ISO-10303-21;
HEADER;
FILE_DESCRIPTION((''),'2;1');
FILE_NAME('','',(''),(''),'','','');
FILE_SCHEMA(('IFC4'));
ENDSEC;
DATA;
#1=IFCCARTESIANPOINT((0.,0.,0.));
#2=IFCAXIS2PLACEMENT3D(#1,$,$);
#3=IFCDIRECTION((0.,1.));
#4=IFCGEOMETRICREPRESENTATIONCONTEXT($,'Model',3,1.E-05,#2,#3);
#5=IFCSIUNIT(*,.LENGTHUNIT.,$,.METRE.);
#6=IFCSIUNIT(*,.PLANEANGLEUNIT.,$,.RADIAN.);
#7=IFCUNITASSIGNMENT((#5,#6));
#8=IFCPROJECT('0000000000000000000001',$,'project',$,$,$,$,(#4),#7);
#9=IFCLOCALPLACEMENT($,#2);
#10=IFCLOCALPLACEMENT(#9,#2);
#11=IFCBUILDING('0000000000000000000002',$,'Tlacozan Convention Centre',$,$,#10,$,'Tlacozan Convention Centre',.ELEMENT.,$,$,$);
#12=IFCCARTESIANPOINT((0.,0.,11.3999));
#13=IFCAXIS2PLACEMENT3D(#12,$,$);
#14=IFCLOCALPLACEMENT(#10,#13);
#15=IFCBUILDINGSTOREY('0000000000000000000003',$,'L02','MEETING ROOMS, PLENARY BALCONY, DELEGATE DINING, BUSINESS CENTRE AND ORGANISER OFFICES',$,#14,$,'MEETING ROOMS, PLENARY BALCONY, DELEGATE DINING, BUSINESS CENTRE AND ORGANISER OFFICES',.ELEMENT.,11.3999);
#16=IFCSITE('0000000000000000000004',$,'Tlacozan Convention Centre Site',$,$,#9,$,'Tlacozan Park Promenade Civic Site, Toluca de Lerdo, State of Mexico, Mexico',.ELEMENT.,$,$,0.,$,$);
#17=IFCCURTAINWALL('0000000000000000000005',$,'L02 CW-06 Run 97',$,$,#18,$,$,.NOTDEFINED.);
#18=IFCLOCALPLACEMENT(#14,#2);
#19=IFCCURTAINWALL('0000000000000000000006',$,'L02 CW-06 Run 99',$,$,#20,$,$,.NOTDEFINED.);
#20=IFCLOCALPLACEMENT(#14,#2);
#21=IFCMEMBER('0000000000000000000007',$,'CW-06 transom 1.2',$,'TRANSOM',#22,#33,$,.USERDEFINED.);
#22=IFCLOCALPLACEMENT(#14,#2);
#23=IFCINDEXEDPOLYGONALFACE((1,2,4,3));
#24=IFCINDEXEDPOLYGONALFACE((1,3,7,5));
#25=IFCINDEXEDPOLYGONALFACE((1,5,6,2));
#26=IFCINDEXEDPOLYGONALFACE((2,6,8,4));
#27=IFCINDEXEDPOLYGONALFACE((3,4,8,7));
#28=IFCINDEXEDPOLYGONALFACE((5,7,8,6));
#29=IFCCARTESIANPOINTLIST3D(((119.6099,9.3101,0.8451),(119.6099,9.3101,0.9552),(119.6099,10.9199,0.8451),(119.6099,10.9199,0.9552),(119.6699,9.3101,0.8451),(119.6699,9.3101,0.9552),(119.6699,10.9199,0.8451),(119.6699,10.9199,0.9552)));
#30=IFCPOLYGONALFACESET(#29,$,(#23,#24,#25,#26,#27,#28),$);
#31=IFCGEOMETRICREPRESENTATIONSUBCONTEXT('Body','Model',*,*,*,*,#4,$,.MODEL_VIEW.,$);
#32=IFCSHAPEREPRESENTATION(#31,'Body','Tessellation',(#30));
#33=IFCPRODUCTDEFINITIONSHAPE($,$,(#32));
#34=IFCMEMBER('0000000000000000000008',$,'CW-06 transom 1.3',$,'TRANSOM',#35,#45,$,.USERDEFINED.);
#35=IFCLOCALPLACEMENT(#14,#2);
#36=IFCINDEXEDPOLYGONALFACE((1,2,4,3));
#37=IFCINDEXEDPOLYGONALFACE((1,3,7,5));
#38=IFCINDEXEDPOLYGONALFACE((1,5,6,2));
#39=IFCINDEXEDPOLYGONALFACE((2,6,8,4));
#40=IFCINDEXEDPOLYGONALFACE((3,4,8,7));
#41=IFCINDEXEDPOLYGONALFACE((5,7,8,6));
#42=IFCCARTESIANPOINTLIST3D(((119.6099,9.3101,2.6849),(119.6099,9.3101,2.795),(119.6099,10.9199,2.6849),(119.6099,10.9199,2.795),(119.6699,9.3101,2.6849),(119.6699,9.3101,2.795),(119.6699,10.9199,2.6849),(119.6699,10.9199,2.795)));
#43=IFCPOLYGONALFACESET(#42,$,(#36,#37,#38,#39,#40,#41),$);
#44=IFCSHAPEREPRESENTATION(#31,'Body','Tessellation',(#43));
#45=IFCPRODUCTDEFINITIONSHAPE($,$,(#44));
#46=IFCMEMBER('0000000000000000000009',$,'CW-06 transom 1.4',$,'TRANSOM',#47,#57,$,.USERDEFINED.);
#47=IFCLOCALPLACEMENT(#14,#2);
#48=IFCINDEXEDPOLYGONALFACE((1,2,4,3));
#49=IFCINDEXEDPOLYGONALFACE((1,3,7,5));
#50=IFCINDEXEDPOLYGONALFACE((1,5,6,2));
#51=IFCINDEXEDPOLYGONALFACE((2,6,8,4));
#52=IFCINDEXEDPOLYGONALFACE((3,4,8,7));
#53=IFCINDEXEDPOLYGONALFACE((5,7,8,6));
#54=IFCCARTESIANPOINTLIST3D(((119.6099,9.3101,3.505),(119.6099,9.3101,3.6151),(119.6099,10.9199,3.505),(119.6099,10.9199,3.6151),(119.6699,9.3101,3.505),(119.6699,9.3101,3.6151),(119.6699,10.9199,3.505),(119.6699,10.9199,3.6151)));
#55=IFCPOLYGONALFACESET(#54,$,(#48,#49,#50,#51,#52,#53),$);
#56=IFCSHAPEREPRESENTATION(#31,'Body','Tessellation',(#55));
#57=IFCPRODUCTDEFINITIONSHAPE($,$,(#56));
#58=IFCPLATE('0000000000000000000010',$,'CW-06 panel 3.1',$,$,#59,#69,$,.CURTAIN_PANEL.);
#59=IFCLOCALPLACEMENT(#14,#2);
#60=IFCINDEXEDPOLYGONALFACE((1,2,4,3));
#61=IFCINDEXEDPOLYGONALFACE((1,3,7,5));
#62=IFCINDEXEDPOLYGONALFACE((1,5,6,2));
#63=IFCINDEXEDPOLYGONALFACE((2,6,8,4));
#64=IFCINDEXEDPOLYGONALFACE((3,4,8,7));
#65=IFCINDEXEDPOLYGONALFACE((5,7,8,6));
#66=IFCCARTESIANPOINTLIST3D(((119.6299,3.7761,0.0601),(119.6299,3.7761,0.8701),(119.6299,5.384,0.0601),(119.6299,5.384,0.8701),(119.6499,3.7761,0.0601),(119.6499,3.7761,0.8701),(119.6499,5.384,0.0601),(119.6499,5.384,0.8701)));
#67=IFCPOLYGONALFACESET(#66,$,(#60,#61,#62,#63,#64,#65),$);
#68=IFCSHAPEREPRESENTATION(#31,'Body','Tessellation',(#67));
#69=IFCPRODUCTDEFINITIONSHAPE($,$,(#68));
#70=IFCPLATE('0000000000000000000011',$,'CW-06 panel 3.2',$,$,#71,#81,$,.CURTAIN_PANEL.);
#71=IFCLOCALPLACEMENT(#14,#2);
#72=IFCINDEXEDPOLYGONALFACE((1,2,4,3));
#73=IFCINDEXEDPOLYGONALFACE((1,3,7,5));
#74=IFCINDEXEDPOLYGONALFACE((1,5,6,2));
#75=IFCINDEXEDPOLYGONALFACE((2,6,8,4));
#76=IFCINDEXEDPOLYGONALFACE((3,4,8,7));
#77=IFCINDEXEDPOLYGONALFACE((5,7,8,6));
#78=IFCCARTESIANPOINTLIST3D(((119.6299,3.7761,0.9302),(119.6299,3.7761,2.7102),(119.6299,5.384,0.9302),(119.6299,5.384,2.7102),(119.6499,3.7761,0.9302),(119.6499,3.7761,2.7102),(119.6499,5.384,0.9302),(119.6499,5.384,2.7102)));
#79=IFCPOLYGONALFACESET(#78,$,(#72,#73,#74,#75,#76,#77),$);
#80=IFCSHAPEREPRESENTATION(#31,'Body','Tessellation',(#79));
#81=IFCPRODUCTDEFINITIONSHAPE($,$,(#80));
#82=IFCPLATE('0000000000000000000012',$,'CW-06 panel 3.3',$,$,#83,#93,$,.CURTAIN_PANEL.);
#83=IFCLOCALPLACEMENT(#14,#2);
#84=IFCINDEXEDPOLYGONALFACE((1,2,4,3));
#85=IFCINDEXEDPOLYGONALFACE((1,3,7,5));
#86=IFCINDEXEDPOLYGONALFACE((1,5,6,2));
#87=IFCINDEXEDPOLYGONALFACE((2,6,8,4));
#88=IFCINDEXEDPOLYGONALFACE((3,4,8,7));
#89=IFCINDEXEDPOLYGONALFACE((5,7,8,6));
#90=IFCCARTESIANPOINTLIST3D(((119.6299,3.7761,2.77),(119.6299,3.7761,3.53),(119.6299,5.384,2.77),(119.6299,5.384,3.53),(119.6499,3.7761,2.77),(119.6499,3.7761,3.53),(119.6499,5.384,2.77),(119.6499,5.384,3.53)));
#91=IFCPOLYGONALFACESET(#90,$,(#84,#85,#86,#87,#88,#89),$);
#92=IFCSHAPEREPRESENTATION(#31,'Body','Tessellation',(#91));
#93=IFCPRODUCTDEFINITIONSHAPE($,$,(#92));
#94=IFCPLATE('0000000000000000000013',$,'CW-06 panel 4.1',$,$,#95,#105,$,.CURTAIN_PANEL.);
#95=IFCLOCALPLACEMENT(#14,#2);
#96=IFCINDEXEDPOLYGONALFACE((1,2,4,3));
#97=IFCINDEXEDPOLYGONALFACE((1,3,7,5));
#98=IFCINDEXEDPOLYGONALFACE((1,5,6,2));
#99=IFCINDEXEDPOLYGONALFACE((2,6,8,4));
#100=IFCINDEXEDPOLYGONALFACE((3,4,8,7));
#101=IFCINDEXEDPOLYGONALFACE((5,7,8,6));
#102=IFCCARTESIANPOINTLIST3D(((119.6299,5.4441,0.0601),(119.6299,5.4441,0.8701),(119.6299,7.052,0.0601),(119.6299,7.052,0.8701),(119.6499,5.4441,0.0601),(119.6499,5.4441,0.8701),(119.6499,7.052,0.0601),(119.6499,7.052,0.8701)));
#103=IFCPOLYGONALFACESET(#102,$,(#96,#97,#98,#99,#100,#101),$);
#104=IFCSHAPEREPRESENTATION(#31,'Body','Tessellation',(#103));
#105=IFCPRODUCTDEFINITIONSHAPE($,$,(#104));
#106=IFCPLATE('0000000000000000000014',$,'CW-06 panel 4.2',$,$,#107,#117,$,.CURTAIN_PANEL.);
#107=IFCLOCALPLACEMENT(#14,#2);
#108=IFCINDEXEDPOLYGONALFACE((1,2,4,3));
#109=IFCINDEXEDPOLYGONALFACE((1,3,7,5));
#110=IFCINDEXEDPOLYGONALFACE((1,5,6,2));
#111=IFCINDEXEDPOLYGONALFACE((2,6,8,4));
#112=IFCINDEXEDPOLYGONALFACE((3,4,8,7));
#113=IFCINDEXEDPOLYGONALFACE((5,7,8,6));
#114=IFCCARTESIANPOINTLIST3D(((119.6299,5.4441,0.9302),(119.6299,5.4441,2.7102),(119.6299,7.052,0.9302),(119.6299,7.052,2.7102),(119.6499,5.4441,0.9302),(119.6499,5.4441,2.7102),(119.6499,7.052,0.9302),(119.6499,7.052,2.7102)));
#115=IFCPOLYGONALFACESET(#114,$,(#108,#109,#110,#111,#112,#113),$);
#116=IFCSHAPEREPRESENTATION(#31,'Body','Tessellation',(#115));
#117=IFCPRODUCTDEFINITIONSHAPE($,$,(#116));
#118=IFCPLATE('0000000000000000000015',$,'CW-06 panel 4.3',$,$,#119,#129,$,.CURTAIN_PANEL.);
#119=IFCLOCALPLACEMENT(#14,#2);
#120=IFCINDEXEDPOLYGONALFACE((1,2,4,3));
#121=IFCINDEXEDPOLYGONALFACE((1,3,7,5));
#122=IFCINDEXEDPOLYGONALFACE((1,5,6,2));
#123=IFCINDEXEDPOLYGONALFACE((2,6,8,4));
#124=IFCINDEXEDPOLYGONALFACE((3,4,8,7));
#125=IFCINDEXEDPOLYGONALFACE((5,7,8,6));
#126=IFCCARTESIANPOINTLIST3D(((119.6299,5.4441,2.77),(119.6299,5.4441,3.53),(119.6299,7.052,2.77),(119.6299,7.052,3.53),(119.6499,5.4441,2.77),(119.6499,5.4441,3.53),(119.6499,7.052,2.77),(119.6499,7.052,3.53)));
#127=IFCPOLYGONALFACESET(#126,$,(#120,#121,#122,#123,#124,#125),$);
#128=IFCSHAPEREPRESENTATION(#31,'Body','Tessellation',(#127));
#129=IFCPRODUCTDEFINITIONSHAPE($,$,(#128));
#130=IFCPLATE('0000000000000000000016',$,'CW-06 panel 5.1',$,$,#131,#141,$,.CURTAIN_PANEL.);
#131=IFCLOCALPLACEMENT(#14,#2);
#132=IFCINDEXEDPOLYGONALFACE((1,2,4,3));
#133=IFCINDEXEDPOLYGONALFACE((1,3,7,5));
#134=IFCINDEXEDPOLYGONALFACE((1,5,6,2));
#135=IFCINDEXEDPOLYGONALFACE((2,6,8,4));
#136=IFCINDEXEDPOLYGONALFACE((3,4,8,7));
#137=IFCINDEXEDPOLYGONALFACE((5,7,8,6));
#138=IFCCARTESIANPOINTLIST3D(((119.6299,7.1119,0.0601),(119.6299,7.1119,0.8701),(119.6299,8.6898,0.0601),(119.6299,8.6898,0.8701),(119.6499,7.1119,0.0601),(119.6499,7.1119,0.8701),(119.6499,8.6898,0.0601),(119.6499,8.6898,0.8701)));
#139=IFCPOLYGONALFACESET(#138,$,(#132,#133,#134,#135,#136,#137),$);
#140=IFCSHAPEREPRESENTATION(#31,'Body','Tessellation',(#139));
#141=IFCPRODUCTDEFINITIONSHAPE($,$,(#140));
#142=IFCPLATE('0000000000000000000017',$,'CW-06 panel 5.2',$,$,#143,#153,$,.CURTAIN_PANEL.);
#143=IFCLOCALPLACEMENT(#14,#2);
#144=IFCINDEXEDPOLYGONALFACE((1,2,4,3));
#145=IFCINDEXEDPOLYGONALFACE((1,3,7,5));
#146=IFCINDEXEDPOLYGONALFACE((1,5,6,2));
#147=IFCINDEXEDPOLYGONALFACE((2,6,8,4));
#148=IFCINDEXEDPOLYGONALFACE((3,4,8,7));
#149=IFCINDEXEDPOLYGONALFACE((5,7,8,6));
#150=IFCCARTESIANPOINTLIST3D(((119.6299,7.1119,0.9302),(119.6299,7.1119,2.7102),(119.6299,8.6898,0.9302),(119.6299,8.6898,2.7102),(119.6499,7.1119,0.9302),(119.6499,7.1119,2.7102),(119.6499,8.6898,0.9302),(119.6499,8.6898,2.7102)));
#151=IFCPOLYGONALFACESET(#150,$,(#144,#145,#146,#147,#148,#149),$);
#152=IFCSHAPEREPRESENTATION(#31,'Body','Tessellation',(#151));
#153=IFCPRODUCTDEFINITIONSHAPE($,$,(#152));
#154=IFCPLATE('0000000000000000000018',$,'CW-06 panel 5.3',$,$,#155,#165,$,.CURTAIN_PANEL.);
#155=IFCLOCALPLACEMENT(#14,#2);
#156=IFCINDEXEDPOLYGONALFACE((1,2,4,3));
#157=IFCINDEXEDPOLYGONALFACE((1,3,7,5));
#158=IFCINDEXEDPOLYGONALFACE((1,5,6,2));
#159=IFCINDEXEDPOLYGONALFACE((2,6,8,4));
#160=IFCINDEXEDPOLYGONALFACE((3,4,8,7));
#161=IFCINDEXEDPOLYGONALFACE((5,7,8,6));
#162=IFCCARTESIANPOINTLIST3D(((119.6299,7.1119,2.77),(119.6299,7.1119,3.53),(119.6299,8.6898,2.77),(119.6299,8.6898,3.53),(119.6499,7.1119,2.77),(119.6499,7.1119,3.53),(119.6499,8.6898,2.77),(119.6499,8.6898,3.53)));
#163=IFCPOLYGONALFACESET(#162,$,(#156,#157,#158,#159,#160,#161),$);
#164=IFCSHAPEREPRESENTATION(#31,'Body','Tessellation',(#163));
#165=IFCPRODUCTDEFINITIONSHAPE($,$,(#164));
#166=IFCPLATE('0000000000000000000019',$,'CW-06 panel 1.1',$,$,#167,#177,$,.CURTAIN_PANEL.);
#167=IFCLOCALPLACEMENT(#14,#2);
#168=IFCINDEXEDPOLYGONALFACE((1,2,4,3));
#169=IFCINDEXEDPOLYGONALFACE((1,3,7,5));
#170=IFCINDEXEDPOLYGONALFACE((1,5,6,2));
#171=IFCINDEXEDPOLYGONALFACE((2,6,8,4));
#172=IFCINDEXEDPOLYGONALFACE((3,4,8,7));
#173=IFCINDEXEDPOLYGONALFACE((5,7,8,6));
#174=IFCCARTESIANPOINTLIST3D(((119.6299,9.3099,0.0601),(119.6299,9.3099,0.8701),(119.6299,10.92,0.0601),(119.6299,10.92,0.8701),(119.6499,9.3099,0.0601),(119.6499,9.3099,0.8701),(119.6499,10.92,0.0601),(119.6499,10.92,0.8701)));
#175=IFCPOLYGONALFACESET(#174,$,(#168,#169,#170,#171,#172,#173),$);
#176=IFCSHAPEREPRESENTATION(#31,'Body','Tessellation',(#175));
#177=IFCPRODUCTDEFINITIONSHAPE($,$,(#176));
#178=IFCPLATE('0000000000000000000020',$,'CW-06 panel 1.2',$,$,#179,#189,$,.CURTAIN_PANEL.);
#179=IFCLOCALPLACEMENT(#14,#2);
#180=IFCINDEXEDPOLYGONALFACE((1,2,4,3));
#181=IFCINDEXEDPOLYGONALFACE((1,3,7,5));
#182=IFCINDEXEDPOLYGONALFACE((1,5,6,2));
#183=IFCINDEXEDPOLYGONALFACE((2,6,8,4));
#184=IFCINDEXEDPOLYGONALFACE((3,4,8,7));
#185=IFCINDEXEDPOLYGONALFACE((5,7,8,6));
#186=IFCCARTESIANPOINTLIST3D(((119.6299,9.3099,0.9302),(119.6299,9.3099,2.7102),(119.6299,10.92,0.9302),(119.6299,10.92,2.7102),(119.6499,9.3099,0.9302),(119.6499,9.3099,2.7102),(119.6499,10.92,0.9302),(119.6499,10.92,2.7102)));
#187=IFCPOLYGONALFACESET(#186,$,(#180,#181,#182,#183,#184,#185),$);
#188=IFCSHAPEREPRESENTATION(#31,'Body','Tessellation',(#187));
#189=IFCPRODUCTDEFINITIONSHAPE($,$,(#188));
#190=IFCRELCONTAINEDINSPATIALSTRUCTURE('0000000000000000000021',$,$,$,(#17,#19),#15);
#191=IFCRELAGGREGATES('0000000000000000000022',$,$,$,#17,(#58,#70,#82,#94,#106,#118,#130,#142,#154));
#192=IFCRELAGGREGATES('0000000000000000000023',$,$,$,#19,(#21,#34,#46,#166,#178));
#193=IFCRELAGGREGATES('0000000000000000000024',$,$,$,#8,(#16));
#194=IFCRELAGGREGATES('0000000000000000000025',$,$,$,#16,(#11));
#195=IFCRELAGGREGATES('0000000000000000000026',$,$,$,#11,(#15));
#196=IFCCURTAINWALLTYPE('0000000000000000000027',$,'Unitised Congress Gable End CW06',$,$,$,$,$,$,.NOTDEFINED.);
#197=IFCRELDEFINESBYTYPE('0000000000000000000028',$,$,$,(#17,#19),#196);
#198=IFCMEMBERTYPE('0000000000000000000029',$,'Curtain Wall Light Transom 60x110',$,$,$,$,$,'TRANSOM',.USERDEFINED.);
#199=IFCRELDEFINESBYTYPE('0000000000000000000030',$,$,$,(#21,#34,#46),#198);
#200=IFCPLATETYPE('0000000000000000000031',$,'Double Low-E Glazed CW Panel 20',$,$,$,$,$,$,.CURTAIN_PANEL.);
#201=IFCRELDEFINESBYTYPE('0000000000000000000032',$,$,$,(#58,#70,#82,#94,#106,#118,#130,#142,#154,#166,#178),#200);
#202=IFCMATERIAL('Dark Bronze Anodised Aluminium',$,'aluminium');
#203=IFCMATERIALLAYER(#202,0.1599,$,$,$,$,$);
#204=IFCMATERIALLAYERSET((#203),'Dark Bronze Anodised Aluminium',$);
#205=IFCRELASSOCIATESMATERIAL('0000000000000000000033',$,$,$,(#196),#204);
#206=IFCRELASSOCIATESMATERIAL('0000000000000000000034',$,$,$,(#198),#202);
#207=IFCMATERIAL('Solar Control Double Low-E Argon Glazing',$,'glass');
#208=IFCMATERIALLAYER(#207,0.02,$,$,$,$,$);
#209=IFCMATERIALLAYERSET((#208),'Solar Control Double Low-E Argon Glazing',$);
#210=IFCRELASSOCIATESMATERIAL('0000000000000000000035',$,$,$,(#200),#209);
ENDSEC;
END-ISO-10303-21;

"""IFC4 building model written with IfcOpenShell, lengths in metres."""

from ifc_helpers import new_model, si_unit, direction, frame, origin, origin_2d, place, context, subcontext, project, spatial, rectangle, extrude, material, layer, layer_set, material_profile, profile_set, type_object, element, aggregate, save


model = new_model("IFC4")

# Units and contexts
model_context = context("Model", 3, precision=1e-05, world=origin(), true_north=direction((0.0, 1.0)))
body_context = subcontext(model_context, "Body", "Model", "MODEL_VIEW")
ifc_project = project(units=[si_unit("LENGTHUNIT", "METRE"), si_unit("PLANEANGLEUNIT", "RADIAN")], contexts=[model_context])

# Site, building, storey
site_placement = place(None, origin())
site = spatial("IfcSite", under=ifc_project, at=site_placement, Name="Tlacozan Convention Centre Site", LongName="Tlacozan Park Promenade Civic Site, Toluca de Lerdo, State of Mexico, Mexico", CompositionType="ELEMENT", RefElevation=0.0)
building_placement = place(site_placement, origin())
building = spatial("IfcBuilding", under=site, at=building_placement, Name="Tlacozan Convention Centre", LongName="Tlacozan Convention Centre", CompositionType="ELEMENT")
storey_placement = place(building_placement, frame((0.0, 0.0, 11.3999)))
storey = spatial("IfcBuildingStorey", under=building, at=storey_placement, Name="L02", Description="MEETING ROOMS, PLENARY BALCONY, DELEGATE DINING, BUSINESS CENTRE AND ORGANISER OFFICES", LongName="MEETING ROOMS, PLENARY BALCONY, DELEGATE DINING, BUSINESS CENTRE AND ORGANISER OFFICES", CompositionType="ELEMENT", Elevation=11.3999)

# Curtain wall
ifc_material_1 = material(Name="Dark Bronze Anodised Aluminium", Category="aluminium")
ifc_layer_1 = layer(ifc_material_1, 0.1599)
ifc_layer_set_1 = layer_set([ifc_layer_1], Name="Dark Bronze Anodised Aluminium")
curtain_wall_type = type_object("IfcCurtainWallType", Name="Unitised Congress Gable End CW06", PredefinedType="NOTDEFINED", material=ifc_layer_set_1)
curtain_wall_1_placement = place(storey_placement, origin())
curtain_wall_1 = element("IfcCurtainWall", 1, at=curtain_wall_1_placement, inside=storey, type_object=curtain_wall_type, Name="L02 CW-06 Run 97", PredefinedType="NOTDEFINED")

# Curtain wall
curtain_wall_2_placement = place(storey_placement, origin())
curtain_wall_2 = element("IfcCurtainWall", 2, at=curtain_wall_2_placement, inside=storey, type_object=curtain_wall_type, Name="L02 CW-06 Run 99", PredefinedType="NOTDEFINED")

# Members
ifc_material_profile_1 = material_profile(ifc_material_1, rectangle(XDim=0.0601, YDim=0.1101, at=origin_2d()), Name="ALU 60x110")
ifc_profile_set_1 = profile_set([ifc_material_profile_1], Name="Dark Bronze Anodised Aluminium")
member_type_1 = type_object("IfcMemberType", Name="Curtain Wall Light Transom 60x110", ElementType="TRANSOM", PredefinedType="USERDEFINED", material=ifc_profile_set_1)
member_1_placement = place(storey_placement, frame((119.6399, 9.3101, 0.9001), z_axis=(0.0, 1.0, 0.0), x_axis=(-1.0, 0.0, 0.0)))
member_1 = element("IfcMember", 3, at=member_1_placement, type_object=member_type_1, Name="CW-06 transom 1.2", ObjectType="TRANSOM", PredefinedType="USERDEFINED", context=body_context, shape_type="SweptSolid", body=[
    extrude(rectangle(XDim=0.0601, YDim=0.1101, at=origin_2d()), origin(), (0.0, 0.0, 1.0), 1.6099),
])
member_2_placement = place(storey_placement, frame((119.6399, 9.3101, 2.74), z_axis=(0.0, 1.0, 0.0), x_axis=(-1.0, 0.0, 0.0)))
member_2 = element("IfcMember", 4, at=member_2_placement, type_object=member_type_1, Name="CW-06 transom 1.3", ObjectType="TRANSOM", PredefinedType="USERDEFINED", context=body_context, shape_type="SweptSolid", body=[
    extrude(rectangle(XDim=0.0601, YDim=0.1101, at=origin_2d()), origin(), (0.0, 0.0, 1.0), 1.6099),
])
member_3_placement = place(storey_placement, frame((119.6399, 9.3101, 3.5601), z_axis=(0.0, 1.0, 0.0), x_axis=(-1.0, 0.0, 0.0)))
member_3 = element("IfcMember", 5, at=member_3_placement, type_object=member_type_1, Name="CW-06 transom 1.4", ObjectType="TRANSOM", PredefinedType="USERDEFINED", context=body_context, shape_type="SweptSolid", body=[
    extrude(rectangle(XDim=0.0601, YDim=0.1101, at=origin_2d()), origin(), (0.0, 0.0, 1.0), 1.6099),
])

# Plates
ifc_material_2 = material(Name="Solar Control Double Low-E Argon Glazing", Category="glass")
ifc_layer_2 = layer(ifc_material_2, 0.02)
ifc_layer_set_2 = layer_set([ifc_layer_2], Name="Solar Control Double Low-E Argon Glazing")
plate_type = type_object("IfcPlateType", Name="Double Low-E Glazed CW Panel 20", PredefinedType="CURTAIN_PANEL", material=ifc_layer_set_2)
plate_1_placement = place(storey_placement, frame((119.6399, 4.5801, 0.0601), z_axis=(0.0, 0.0, 1.0), x_axis=(0.0, 1.0, 0.0)))
plate_1 = element("IfcPlate", 6, at=plate_1_placement, type_object=plate_type, Name="CW-06 panel 3.1", PredefinedType="CURTAIN_PANEL", context=body_context, shape_type="SweptSolid", body=[
    extrude(rectangle(XDim=1.6079, YDim=0.02, at=origin_2d()), origin(), (0.0, 0.0, 1.0), 0.8101),
])
plate_2_placement = place(storey_placement, frame((119.6399, 4.5801, 0.9302), z_axis=(0.0, 0.0, 1.0), x_axis=(0.0, 1.0, 0.0)))
plate_2 = element("IfcPlate", 7, at=plate_2_placement, type_object=plate_type, Name="CW-06 panel 3.2", PredefinedType="CURTAIN_PANEL", context=body_context, shape_type="SweptSolid", body=[
    extrude(rectangle(XDim=1.6079, YDim=0.02, at=origin_2d()), origin(), (0.0, 0.0, 1.0), 1.78),
])
plate_3_placement = place(storey_placement, frame((119.6399, 4.5801, 2.77), z_axis=(0.0, 0.0, 1.0), x_axis=(0.0, 1.0, 0.0)))
plate_3 = element("IfcPlate", 8, at=plate_3_placement, type_object=plate_type, Name="CW-06 panel 3.3", PredefinedType="CURTAIN_PANEL", context=body_context, shape_type="SweptSolid", body=[
    extrude(rectangle(XDim=1.6079, YDim=0.02, at=origin_2d()), origin(), (0.0, 0.0, 1.0), 0.76),
])
plate_4_placement = place(storey_placement, frame((119.6399, 6.248, 0.0601), z_axis=(0.0, 0.0, 1.0), x_axis=(0.0, 1.0, 0.0)))
plate_4 = element("IfcPlate", 9, at=plate_4_placement, type_object=plate_type, Name="CW-06 panel 4.1", PredefinedType="CURTAIN_PANEL", context=body_context, shape_type="SweptSolid", body=[
    extrude(rectangle(XDim=1.6079, YDim=0.02, at=origin_2d()), origin(), (0.0, 0.0, 1.0), 0.8101),
])
plate_5_placement = place(storey_placement, frame((119.6399, 6.248, 0.9302), z_axis=(0.0, 0.0, 1.0), x_axis=(0.0, 1.0, 0.0)))
plate_5 = element("IfcPlate", 10, at=plate_5_placement, type_object=plate_type, Name="CW-06 panel 4.2", PredefinedType="CURTAIN_PANEL", context=body_context, shape_type="SweptSolid", body=[
    extrude(rectangle(XDim=1.6079, YDim=0.02, at=origin_2d()), origin(), (0.0, 0.0, 1.0), 1.78),
])
plate_6_placement = place(storey_placement, frame((119.6399, 6.248, 2.77), z_axis=(0.0, 0.0, 1.0), x_axis=(0.0, 1.0, 0.0)))
plate_6 = element("IfcPlate", 11, at=plate_6_placement, type_object=plate_type, Name="CW-06 panel 4.3", PredefinedType="CURTAIN_PANEL", context=body_context, shape_type="SweptSolid", body=[
    extrude(rectangle(XDim=1.6079, YDim=0.02, at=origin_2d()), origin(), (0.0, 0.0, 1.0), 0.76),
])
plate_7_placement = place(storey_placement, frame((119.6399, 7.9009, 0.0601), z_axis=(0.0, 0.0, 1.0), x_axis=(0.0, 1.0, 0.0)))
plate_7 = element("IfcPlate", 12, at=plate_7_placement, type_object=plate_type, Name="CW-06 panel 5.1", PredefinedType="CURTAIN_PANEL", context=body_context, shape_type="SweptSolid", body=[
    extrude(rectangle(XDim=1.5779, YDim=0.02, at=origin_2d()), origin(), (0.0, 0.0, 1.0), 0.8101),
])
plate_8_placement = place(storey_placement, frame((119.6399, 7.9009, 0.9302), z_axis=(0.0, 0.0, 1.0), x_axis=(0.0, 1.0, 0.0)))
plate_8 = element("IfcPlate", 13, at=plate_8_placement, type_object=plate_type, Name="CW-06 panel 5.2", PredefinedType="CURTAIN_PANEL", context=body_context, shape_type="SweptSolid", body=[
    extrude(rectangle(XDim=1.5779, YDim=0.02, at=origin_2d()), origin(), (0.0, 0.0, 1.0), 1.78),
])
plate_9_placement = place(storey_placement, frame((119.6399, 7.9009, 2.77), z_axis=(0.0, 0.0, 1.0), x_axis=(0.0, 1.0, 0.0)))
plate_9 = element("IfcPlate", 14, at=plate_9_placement, type_object=plate_type, Name="CW-06 panel 5.3", PredefinedType="CURTAIN_PANEL", context=body_context, shape_type="SweptSolid", body=[
    extrude(rectangle(XDim=1.5779, YDim=0.02, at=origin_2d()), origin(), (0.0, 0.0, 1.0), 0.76),
])
aggregate(curtain_wall_1, [plate_1, plate_2, plate_3, plate_4, plate_5, plate_6, plate_7, plate_8, plate_9])
plate_10_placement = place(storey_placement, frame((119.6399, 10.115, 0.0601), z_axis=(0.0, 0.0, 1.0), x_axis=(0.0, 1.0, 0.0)))
plate_10 = element("IfcPlate", 15, at=plate_10_placement, type_object=plate_type, Name="CW-06 panel 1.1", PredefinedType="CURTAIN_PANEL", context=body_context, shape_type="SweptSolid", body=[
    extrude(rectangle(XDim=1.6101, YDim=0.02, at=origin_2d()), origin(), (0.0, 0.0, 1.0), 0.8101),
])
plate_11_placement = place(storey_placement, frame((119.6399, 10.115, 0.9302), z_axis=(0.0, 0.0, 1.0), x_axis=(0.0, 1.0, 0.0)))
plate_11 = element("IfcPlate", 16, at=plate_11_placement, type_object=plate_type, Name="CW-06 panel 1.2", PredefinedType="CURTAIN_PANEL", context=body_context, shape_type="SweptSolid", body=[
    extrude(rectangle(XDim=1.6101, YDim=0.02, at=origin_2d()), origin(), (0.0, 0.0, 1.0), 1.78),
])
aggregate(curtain_wall_2, [member_1, member_2, member_3, plate_10, plate_11])

save(model, "model.ifc")
